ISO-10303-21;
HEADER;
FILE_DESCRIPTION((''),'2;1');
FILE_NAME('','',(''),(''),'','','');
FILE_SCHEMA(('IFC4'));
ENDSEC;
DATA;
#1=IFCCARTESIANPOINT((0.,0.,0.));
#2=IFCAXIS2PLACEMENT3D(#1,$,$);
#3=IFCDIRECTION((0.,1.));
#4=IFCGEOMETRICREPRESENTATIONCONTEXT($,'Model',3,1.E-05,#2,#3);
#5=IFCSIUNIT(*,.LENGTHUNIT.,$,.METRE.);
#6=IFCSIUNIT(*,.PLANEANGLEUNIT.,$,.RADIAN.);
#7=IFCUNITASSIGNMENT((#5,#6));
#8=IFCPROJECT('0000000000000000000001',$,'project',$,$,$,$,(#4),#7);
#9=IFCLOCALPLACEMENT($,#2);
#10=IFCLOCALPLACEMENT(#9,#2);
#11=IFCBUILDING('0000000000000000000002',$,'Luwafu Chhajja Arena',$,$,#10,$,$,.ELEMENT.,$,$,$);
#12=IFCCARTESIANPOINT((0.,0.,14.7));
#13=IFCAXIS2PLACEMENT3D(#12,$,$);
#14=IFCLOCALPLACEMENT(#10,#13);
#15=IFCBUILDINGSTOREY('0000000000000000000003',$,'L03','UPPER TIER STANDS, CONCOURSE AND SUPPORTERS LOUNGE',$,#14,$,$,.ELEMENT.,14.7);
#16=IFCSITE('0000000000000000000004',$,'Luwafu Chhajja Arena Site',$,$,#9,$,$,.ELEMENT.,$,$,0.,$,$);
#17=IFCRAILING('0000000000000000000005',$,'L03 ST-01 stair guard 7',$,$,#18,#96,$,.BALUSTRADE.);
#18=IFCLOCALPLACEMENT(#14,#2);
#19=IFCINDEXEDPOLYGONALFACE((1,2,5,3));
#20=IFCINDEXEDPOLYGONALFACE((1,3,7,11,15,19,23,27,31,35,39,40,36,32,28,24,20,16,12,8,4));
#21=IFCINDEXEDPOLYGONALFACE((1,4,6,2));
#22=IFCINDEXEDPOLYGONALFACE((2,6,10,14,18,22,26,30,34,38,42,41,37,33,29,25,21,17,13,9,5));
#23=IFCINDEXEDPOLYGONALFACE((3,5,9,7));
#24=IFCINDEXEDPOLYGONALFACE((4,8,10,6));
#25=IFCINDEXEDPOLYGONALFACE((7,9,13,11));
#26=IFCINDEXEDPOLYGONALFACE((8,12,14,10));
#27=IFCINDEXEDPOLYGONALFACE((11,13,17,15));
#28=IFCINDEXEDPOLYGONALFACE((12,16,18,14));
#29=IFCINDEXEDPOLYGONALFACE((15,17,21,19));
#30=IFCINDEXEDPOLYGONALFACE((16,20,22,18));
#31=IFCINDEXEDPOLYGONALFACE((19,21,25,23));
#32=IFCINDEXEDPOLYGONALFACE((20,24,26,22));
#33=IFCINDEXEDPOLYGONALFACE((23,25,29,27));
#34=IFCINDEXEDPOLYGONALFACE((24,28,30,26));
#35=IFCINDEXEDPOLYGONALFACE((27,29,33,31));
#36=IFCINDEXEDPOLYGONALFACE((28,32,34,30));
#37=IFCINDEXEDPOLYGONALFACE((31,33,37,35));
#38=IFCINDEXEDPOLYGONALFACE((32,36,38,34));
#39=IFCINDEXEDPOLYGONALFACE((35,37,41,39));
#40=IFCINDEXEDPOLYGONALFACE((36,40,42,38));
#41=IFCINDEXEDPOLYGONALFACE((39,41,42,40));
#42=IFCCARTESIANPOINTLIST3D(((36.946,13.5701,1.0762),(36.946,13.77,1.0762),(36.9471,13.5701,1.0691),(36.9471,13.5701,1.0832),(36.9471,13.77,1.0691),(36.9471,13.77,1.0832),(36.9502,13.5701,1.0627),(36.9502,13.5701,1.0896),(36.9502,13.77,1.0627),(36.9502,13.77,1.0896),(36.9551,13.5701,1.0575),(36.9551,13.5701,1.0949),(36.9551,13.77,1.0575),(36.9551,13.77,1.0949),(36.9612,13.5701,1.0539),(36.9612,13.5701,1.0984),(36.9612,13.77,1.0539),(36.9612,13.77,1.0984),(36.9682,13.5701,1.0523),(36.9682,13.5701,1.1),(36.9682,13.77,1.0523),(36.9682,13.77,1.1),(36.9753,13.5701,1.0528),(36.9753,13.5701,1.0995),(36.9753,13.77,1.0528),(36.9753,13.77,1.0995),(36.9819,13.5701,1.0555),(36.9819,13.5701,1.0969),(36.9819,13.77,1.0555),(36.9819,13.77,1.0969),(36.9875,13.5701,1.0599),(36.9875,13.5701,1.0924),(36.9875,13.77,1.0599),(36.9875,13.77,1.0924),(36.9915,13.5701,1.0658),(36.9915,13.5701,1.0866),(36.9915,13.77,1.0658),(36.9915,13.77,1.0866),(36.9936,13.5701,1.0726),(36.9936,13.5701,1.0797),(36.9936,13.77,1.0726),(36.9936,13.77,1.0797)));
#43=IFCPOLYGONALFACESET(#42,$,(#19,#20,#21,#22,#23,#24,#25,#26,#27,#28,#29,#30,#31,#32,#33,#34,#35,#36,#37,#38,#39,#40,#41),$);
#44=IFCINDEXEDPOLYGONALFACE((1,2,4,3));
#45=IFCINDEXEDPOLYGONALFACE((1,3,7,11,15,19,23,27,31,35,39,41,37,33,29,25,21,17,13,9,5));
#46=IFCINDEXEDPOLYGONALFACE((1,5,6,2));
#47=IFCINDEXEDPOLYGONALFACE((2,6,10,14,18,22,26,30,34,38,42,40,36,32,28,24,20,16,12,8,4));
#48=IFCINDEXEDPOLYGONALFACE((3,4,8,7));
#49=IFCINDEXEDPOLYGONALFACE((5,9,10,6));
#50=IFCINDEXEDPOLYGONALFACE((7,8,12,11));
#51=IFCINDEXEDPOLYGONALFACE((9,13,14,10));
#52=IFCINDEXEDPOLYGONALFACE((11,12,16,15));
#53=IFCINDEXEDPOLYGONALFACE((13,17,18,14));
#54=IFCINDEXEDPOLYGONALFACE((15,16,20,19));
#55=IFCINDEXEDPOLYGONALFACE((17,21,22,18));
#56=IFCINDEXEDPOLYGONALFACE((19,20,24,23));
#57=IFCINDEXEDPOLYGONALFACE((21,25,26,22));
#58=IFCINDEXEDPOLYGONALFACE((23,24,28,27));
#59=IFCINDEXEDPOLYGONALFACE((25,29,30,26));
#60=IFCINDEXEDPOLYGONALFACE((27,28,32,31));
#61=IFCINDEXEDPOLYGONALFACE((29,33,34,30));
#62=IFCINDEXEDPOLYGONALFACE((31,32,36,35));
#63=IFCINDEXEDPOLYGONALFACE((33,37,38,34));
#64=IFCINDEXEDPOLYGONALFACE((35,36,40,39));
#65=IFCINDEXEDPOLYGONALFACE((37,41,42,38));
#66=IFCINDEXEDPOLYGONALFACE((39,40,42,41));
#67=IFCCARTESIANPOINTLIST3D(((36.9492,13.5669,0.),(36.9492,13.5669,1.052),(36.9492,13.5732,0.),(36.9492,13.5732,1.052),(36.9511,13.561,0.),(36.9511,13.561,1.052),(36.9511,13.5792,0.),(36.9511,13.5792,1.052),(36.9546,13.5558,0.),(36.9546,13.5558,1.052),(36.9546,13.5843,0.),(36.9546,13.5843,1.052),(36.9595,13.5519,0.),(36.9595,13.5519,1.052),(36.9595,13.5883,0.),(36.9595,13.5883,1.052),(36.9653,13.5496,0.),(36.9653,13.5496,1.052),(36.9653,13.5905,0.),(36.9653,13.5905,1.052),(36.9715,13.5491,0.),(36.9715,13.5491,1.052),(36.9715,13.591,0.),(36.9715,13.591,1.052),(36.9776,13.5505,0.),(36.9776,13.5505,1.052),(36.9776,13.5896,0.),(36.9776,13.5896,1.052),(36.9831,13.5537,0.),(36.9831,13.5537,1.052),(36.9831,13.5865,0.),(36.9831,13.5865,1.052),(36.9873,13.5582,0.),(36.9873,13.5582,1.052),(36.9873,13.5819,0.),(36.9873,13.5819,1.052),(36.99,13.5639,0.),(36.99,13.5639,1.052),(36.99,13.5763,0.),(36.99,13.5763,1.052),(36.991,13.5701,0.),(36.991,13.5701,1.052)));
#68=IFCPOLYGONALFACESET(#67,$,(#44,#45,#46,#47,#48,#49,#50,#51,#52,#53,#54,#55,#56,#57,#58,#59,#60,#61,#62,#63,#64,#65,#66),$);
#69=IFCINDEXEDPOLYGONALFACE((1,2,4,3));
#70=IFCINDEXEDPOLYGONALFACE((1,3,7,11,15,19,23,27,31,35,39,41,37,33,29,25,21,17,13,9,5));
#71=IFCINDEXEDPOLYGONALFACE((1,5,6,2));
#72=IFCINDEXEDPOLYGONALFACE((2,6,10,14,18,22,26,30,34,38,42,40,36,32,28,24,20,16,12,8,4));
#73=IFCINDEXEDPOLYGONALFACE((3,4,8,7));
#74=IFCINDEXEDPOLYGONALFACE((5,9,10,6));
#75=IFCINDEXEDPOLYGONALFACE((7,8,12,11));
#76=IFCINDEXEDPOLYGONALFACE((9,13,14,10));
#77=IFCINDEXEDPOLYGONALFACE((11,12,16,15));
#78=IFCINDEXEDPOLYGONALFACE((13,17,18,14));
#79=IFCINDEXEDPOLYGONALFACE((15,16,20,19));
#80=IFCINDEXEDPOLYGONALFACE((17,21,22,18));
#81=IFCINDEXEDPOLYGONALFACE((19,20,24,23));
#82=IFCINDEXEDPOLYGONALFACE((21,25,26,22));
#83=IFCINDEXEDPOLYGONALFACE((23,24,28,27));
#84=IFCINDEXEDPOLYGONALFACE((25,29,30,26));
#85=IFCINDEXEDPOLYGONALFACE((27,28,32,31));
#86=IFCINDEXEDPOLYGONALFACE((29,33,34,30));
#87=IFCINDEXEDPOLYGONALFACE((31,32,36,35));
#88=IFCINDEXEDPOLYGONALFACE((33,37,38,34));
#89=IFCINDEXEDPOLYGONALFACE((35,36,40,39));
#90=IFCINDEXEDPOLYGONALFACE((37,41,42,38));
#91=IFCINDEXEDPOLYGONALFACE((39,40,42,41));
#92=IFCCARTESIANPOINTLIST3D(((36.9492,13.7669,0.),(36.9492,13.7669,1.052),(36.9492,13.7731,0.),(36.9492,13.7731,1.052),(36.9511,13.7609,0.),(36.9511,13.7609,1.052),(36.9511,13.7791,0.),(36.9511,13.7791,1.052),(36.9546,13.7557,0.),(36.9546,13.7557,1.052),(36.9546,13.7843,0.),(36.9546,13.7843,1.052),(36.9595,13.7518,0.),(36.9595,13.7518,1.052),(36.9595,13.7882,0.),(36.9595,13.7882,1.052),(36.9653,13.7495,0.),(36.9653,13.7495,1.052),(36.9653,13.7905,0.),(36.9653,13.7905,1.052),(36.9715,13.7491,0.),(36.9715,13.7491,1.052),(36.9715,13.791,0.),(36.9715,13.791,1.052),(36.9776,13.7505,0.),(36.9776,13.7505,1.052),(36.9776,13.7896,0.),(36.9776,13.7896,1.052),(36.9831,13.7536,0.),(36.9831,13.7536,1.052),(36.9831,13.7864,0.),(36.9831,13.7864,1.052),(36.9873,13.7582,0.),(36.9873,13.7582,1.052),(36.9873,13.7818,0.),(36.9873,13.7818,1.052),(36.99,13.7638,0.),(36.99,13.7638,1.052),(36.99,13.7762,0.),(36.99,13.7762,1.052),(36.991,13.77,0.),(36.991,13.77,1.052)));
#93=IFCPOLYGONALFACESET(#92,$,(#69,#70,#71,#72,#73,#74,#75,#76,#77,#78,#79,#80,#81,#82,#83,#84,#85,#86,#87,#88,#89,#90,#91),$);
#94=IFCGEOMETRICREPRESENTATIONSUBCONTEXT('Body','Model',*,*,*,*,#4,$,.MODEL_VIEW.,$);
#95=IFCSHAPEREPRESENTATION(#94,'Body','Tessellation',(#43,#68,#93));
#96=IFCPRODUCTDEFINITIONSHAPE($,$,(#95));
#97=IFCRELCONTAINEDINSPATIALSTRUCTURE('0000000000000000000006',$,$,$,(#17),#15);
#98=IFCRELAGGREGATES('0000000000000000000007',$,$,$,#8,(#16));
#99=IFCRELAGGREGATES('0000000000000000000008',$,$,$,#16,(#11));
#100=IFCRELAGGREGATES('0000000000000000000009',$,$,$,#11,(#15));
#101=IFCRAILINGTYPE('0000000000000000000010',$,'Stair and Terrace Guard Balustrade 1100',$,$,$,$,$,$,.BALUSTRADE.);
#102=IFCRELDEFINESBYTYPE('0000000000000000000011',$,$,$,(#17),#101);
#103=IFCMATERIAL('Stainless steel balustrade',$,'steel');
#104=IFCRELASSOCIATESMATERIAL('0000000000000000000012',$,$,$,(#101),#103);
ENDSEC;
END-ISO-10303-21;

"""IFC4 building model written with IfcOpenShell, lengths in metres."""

from ifc_helpers import new_model, si_unit, direction, frame, origin, origin_2d, place, context, subcontext, project, spatial, circle, extrude, material, type_object, element, save


model = new_model("IFC4")

# Units and contexts
model_context = context("Model", 3, precision=1e-05, world=origin(), true_north=direction((0.0, 1.0)))
body_context = subcontext(model_context, "Body", "Model", "MODEL_VIEW")
ifc_project = project(units=[si_unit("LENGTHUNIT", "METRE"), si_unit("PLANEANGLEUNIT", "RADIAN")], contexts=[model_context])

# Site, building, storey
site_placement = place(None, origin())
site = spatial("IfcSite", under=ifc_project, at=site_placement, Name="Luwafu Chhajja Arena Site", CompositionType="ELEMENT", RefElevation=0.0)
building_placement = place(site_placement, origin())
building = spatial("IfcBuilding", under=site, at=building_placement, Name="Luwafu Chhajja Arena", CompositionType="ELEMENT")
storey_placement = place(building_placement, frame((0.0, 0.0, 14.7)))
storey = spatial("IfcBuildingStorey", under=building, at=storey_placement, Name="L03", Description="UPPER TIER STANDS, CONCOURSE AND SUPPORTERS LOUNGE", CompositionType="ELEMENT", Elevation=14.7)

# Railing
ifc_material_1 = material(Name="Stainless steel balustrade", Category="steel")
railing_type_1 = type_object("IfcRailingType", Name="Stair and Terrace Guard Balustrade 1100", PredefinedType="BALUSTRADE", material=ifc_material_1)
railing_1_placement = place(storey_placement, frame((36.97, 13.5701, 0.0)))
element("IfcRailing", 1, at=railing_1_placement, inside=storey, type_object=railing_type_1, Name="L03 ST-01 stair guard 7", PredefinedType="BALUSTRADE", context=body_context, shape_type="SweptSolid", body=[
    extrude(circle(Radius=0.0239, at=origin_2d()), frame((0.0, 0.0, 1.0762), z_axis=(0.0, 1.0, 0.0), x_axis=(-1.0, 0.0, 0.0)), (0.0, 0.0, 1.0), 0.2),
    extrude(circle(Radius=0.021, at=origin_2d()), origin(), (0.0, 0.0, 1.0), 1.052),
    extrude(circle(Radius=0.021, at=origin_2d()), frame((0.0, 0.2, 0.0)), (0.0, 0.0, 1.0), 1.052),
])

save(model, "model.ifc")
